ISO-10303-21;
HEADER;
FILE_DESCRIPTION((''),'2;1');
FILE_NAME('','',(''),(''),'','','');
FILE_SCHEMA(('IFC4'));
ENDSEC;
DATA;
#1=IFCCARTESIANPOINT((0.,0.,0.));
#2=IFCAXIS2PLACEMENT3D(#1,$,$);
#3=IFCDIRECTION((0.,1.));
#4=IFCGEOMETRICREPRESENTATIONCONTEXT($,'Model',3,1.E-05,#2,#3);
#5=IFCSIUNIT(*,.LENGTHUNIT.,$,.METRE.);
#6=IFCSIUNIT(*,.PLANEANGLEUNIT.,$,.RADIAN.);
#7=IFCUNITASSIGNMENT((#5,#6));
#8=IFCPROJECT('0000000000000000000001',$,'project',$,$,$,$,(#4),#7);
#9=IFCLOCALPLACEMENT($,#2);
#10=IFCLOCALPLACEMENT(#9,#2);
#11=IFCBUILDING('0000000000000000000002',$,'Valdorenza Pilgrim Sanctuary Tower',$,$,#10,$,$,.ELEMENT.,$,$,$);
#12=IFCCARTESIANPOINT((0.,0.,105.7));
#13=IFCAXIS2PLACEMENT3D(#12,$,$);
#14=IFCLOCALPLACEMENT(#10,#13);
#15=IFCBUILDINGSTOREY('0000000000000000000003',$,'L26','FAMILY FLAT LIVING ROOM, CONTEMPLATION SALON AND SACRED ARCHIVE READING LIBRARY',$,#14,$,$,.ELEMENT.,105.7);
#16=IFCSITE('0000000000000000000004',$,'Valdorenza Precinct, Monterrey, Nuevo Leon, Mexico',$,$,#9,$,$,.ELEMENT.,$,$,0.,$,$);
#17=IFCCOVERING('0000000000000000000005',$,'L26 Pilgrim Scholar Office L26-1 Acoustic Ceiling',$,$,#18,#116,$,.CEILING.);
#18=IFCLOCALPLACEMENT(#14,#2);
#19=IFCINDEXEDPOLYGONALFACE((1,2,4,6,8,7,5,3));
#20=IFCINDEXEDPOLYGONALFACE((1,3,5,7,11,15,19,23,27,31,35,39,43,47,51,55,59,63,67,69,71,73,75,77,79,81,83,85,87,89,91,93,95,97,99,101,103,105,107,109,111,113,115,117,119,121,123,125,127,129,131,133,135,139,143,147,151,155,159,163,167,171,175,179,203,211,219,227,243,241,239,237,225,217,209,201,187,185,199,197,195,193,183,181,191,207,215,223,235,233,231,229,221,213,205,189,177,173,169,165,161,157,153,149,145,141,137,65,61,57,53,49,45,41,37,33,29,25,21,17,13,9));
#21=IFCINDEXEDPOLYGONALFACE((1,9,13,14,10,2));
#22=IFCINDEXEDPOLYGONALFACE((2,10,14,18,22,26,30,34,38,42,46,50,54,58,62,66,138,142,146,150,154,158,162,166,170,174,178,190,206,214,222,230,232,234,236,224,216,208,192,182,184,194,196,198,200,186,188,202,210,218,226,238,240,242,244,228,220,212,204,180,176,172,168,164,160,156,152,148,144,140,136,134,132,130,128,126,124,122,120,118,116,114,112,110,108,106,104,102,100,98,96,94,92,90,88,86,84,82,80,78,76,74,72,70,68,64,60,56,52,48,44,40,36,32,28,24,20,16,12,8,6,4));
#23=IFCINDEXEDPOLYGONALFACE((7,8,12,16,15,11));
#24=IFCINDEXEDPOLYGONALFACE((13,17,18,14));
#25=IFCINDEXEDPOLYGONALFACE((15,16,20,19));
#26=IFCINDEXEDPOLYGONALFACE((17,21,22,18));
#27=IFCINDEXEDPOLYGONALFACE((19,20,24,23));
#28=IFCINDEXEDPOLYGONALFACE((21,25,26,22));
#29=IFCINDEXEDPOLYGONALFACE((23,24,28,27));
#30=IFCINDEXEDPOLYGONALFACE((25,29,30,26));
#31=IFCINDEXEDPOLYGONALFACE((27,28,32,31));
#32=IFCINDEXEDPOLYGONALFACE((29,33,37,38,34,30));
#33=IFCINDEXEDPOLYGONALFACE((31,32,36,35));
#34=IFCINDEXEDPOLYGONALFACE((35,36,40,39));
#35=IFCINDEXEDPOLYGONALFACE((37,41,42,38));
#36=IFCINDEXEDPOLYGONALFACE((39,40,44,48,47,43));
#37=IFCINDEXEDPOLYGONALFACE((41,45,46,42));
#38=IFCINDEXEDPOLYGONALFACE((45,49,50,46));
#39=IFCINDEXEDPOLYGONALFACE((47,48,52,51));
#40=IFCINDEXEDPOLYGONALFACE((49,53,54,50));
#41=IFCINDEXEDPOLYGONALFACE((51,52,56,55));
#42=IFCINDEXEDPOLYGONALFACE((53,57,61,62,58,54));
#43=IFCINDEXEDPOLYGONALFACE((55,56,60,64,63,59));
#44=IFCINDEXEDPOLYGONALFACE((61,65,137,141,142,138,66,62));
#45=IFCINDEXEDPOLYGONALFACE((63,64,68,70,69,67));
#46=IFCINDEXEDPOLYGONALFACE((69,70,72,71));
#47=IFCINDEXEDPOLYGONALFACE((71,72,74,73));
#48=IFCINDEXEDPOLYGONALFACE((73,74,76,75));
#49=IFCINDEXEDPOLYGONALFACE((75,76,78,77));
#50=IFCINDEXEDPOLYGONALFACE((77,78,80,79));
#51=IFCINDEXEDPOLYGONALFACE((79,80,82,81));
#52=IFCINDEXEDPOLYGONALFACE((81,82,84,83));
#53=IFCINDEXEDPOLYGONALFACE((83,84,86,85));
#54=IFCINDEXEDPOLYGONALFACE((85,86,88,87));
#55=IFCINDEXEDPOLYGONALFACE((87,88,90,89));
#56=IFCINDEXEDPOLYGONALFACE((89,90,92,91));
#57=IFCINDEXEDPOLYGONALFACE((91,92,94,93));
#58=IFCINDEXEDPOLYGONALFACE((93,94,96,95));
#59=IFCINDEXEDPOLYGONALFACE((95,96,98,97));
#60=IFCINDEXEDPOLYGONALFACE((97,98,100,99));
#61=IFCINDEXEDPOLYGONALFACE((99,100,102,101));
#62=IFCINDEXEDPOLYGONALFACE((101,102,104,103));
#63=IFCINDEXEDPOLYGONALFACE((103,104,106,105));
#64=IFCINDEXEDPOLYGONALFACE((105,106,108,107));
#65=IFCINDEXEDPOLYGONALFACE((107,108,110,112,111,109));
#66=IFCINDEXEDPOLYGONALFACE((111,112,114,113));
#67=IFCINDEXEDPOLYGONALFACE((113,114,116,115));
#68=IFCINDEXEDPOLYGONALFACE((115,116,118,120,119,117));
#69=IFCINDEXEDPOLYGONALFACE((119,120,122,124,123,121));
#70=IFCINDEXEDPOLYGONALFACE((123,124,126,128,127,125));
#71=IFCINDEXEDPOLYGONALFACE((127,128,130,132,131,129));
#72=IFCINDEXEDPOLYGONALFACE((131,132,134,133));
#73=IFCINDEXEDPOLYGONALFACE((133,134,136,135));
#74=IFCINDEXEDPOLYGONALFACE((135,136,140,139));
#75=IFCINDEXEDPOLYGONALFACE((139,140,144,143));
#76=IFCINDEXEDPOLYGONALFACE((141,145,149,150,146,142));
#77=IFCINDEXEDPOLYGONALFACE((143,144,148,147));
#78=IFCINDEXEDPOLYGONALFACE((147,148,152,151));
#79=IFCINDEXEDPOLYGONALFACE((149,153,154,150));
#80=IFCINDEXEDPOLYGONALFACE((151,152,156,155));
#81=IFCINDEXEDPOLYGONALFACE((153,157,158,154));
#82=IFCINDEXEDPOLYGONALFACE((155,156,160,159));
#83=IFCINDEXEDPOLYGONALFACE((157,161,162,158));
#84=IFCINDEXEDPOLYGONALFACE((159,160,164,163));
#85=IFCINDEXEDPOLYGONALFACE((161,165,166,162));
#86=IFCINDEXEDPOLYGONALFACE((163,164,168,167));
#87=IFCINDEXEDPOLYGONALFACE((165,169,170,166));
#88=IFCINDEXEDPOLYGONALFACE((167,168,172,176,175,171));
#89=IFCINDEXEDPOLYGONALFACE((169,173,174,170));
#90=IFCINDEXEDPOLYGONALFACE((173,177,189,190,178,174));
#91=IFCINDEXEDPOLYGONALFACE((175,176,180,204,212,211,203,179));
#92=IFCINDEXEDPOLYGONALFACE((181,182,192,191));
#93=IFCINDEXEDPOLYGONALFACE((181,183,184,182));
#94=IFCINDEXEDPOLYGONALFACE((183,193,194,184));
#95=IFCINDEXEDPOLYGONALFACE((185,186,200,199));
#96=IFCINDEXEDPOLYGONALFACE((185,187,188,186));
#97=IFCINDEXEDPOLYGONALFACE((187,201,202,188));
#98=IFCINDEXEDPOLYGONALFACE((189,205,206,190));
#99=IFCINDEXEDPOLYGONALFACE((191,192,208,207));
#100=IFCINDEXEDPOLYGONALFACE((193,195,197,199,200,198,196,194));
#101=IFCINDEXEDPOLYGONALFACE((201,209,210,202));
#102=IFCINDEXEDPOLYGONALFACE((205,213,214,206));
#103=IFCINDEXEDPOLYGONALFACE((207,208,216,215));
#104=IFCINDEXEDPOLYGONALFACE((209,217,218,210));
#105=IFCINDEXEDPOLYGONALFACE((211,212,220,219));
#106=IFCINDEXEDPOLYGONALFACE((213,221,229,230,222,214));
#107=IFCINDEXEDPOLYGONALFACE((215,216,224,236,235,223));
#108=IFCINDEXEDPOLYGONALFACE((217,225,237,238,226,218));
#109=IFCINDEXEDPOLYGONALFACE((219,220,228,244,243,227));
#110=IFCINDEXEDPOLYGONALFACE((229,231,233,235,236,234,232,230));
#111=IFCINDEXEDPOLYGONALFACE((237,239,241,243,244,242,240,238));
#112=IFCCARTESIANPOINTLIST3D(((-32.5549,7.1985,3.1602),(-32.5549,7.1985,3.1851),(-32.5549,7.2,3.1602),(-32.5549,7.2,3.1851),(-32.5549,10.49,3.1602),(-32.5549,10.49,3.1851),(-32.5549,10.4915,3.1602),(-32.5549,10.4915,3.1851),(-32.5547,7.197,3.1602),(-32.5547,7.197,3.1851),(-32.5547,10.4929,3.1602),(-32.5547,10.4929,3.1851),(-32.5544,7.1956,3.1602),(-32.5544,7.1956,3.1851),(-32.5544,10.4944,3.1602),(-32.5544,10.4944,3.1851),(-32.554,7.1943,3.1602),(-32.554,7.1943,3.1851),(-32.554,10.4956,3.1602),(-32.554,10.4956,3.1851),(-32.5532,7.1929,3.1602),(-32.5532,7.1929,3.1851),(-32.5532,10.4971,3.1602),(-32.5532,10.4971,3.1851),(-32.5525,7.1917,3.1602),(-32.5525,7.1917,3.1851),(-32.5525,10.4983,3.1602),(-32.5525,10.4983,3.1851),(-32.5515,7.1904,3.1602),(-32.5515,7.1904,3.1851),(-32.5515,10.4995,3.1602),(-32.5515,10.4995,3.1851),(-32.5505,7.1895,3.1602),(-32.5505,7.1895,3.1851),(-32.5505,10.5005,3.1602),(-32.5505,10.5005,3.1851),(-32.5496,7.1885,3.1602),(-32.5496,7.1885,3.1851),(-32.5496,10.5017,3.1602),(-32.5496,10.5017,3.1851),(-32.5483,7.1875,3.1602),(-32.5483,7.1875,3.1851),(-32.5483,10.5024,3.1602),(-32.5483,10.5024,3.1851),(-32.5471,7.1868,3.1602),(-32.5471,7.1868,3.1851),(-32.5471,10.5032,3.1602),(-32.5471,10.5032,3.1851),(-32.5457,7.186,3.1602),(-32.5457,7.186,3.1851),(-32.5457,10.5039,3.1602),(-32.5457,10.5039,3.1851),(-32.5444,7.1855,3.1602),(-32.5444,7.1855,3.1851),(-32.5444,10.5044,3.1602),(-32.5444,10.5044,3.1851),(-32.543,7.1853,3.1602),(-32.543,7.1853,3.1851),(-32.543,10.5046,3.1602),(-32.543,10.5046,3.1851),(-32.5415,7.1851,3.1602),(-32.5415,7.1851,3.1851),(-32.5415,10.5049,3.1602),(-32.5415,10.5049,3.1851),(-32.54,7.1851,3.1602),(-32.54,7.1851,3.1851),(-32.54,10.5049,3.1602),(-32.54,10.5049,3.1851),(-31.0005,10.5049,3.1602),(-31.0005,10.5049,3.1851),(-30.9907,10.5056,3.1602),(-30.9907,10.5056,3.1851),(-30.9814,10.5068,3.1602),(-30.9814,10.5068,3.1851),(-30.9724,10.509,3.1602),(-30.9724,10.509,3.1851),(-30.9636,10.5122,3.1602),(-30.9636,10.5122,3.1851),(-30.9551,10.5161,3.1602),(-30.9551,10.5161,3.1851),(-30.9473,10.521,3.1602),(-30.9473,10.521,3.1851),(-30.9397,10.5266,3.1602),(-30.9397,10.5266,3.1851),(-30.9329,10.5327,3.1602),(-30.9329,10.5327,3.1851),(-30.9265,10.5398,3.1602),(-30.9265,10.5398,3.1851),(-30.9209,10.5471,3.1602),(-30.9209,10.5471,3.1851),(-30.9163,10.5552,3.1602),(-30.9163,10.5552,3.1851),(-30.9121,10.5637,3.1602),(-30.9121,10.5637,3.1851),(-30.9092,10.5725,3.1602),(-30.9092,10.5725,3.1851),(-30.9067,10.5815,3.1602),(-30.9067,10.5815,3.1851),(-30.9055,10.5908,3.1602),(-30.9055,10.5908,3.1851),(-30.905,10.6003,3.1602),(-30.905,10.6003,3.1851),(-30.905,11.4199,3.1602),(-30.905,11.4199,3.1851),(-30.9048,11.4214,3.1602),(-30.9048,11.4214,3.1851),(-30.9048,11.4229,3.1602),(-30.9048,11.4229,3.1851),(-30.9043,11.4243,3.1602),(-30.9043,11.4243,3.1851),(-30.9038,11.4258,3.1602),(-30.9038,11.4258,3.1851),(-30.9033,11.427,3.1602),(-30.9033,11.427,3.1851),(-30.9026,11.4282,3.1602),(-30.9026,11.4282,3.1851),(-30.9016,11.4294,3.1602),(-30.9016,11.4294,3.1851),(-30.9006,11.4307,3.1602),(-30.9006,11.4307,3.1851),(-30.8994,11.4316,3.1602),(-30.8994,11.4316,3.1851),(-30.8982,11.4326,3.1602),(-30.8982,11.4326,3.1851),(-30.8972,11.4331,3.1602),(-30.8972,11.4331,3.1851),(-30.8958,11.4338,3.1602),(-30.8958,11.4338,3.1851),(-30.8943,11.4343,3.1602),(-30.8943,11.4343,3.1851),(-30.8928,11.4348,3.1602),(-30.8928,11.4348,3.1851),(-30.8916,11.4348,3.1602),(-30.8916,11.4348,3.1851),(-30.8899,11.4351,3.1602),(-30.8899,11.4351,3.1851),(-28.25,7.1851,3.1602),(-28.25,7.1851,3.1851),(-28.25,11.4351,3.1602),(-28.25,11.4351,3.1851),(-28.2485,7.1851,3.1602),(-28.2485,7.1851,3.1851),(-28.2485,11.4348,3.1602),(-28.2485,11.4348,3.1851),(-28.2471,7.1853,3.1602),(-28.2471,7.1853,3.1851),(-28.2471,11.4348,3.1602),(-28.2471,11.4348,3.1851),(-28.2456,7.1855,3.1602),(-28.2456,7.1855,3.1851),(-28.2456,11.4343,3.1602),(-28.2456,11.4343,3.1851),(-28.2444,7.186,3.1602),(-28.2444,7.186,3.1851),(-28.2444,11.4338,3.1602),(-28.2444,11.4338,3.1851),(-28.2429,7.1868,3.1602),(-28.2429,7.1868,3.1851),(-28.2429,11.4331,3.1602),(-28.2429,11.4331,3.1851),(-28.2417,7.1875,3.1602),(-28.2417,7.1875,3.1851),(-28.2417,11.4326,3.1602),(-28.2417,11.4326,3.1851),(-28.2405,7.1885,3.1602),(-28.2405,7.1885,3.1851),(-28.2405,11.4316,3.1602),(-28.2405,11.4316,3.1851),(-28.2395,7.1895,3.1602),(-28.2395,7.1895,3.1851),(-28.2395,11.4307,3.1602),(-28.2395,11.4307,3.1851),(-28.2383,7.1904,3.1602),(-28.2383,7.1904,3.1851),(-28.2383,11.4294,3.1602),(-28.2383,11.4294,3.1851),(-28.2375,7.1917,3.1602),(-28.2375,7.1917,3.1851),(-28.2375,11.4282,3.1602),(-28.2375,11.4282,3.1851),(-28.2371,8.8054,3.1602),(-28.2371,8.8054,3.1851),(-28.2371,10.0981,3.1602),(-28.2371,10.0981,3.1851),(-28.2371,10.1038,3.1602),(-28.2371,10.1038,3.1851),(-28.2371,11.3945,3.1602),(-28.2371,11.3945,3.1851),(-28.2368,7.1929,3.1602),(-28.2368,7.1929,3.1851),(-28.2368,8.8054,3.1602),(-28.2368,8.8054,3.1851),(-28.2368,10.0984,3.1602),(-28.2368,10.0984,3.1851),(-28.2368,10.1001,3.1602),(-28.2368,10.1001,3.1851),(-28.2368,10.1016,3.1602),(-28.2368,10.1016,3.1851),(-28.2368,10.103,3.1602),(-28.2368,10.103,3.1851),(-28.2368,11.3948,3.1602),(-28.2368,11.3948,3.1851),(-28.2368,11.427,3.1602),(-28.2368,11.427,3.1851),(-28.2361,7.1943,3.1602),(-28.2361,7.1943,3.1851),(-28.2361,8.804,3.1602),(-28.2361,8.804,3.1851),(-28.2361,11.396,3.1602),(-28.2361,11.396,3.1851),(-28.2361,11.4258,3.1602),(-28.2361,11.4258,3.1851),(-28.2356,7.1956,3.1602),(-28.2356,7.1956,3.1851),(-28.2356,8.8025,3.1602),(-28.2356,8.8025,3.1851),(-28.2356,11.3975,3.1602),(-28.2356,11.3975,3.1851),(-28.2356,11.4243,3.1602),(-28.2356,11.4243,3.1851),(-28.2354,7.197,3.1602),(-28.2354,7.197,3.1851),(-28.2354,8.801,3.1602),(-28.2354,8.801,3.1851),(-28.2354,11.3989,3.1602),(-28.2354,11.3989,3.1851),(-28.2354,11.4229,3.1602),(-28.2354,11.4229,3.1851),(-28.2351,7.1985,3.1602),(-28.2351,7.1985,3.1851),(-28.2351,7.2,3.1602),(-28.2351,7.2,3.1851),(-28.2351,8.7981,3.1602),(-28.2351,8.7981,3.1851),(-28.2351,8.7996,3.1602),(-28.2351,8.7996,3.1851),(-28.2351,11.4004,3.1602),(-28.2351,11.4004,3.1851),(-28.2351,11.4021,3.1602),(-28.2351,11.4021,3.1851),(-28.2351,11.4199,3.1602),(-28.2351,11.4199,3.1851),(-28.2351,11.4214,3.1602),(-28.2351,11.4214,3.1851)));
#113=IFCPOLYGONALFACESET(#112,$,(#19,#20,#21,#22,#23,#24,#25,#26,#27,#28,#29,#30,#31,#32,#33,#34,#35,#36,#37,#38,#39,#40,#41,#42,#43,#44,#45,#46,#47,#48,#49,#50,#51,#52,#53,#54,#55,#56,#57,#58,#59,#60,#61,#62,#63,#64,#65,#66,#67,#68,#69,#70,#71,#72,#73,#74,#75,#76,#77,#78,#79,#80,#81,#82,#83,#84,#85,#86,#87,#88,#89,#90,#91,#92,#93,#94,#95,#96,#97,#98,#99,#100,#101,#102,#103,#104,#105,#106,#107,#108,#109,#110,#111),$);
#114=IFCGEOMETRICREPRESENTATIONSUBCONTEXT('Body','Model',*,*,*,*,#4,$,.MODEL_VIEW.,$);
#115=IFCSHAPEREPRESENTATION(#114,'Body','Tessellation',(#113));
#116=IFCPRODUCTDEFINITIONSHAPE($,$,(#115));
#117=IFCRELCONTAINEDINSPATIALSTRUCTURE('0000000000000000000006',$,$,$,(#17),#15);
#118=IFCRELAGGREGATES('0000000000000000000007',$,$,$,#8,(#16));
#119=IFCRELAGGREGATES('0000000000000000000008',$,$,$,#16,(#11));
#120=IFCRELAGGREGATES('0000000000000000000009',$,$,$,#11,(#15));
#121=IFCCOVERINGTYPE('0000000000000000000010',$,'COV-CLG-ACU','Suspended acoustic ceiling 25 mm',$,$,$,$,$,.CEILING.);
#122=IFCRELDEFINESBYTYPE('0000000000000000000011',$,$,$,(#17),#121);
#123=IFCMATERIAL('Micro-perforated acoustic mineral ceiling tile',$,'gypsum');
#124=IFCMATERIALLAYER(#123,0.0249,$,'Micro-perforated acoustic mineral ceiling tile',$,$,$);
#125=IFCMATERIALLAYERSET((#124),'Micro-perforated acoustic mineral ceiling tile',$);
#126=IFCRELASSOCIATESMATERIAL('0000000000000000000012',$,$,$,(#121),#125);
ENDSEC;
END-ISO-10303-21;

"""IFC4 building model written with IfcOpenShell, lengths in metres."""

from ifc_helpers import new_model, si_unit, direction, frame, origin, place, context, subcontext, project, spatial, polyline, outline, extrude, material, layer, layer_set, type_object, element, save


model = new_model("IFC4")

# Units and contexts
model_context = context("Model", 3, precision=1e-05, world=origin(), true_north=direction((0.0, 1.0)))
body_context = subcontext(model_context, "Body", "Model", "MODEL_VIEW")
ifc_project = project(units=[si_unit("LENGTHUNIT", "METRE"), si_unit("PLANEANGLEUNIT", "RADIAN")], contexts=[model_context])

# Site, building, storey
site_placement = place(None, origin())
site = spatial("IfcSite", under=ifc_project, at=site_placement, Name="Valdorenza Precinct, Monterrey, Nuevo Leon, Mexico", CompositionType="ELEMENT", RefElevation=0.0)
building_placement = place(site_placement, origin())
building = spatial("IfcBuilding", under=site, at=building_placement, Name="Valdorenza Pilgrim Sanctuary Tower", CompositionType="ELEMENT")
storey_placement = place(building_placement, frame((0.0, 0.0, 105.7)))
storey = spatial("IfcBuildingStorey", under=building, at=storey_placement, Name="L26", Description="FAMILY FLAT LIVING ROOM, CONTEMPLATION SALON AND SACRED ARCHIVE READING LIBRARY", CompositionType="ELEMENT", Elevation=105.7)

# Covering
ifc_material_1 = material(Name="Micro-perforated acoustic mineral ceiling tile", Category="gypsum")
ifc_layer_1 = layer(ifc_material_1, 0.0249, Name="Micro-perforated acoustic mineral ceiling tile")
ifc_layer_set_1 = layer_set([ifc_layer_1], Name="Micro-perforated acoustic mineral ceiling tile")
covering_type_1 = type_object("IfcCoveringType", Name="COV-CLG-ACU", Description="Suspended acoustic ceiling 25 mm", PredefinedType="CEILING", material=ifc_layer_set_1)
covering_1_placement = place(storey_placement, frame((0.0, 0.0, 3.1602)))
element("IfcCovering", 1, at=covering_1_placement, inside=storey, type_object=covering_type_1, Name="L26 Pilgrim Scholar Office L26-1 Acoustic Ceiling", PredefinedType="CEILING", context=body_context, shape_type="SweptSolid", body=[
    extrude(outline(polyline([(-28.2371, 8.8054), (-28.2368, 8.8054), (-28.2361, 8.804), (-28.2356, 8.8025), (-28.2354, 8.801), (-28.2351, 8.7996), (-28.2351, 8.7981), (-28.2351, 7.2), (-28.2351, 7.1985), (-28.2354, 7.197), (-28.2356, 7.1956), (-28.2361, 7.1943), (-28.2368, 7.1929), (-28.2375, 7.1917), (-28.2383, 7.1904), (-28.2395, 7.1895), (-28.2405, 7.1885), (-28.2417, 7.1875), (-28.2429, 7.1868), (-28.2444, 7.186), (-28.2456, 7.1855), (-28.2471, 7.1853), (-28.2485, 7.1851), (-28.25, 7.1851), (-32.54, 7.1851), (-32.5415, 7.1851), (-32.543, 7.1853), (-32.5444, 7.1855), (-32.5457, 7.186), (-32.5471, 7.1868), (-32.5483, 7.1875), (-32.5496, 7.1885), (-32.5505, 7.1895), (-32.5515, 7.1904), (-32.5525, 7.1917), (-32.5532, 7.1929), (-32.554, 7.1943), (-32.5544, 7.1956), (-32.5547, 7.197), (-32.5549, 7.1985), (-32.5549, 7.2), (-32.5549, 10.49), (-32.5549, 10.4915), (-32.5547, 10.4929), (-32.5544, 10.4944), (-32.554, 10.4956), (-32.5532, 10.4971), (-32.5525, 10.4983), (-32.5515, 10.4995), (-32.5505, 10.5005), (-32.5496, 10.5017), (-32.5483, 10.5024), (-32.5471, 10.5032), (-32.5457, 10.5039), (-32.5444, 10.5044), (-32.543, 10.5046), (-32.5415, 10.5049), (-32.54, 10.5049), (-31.0005, 10.5049), (-30.9907, 10.5056), (-30.9814, 10.5068), (-30.9724, 10.509), (-30.9636, 10.5122), (-30.9551, 10.5161), (-30.9473, 10.521), (-30.9397, 10.5266), (-30.9329, 10.5327), (-30.9265, 10.5398), (-30.9209, 10.5471), (-30.9163, 10.5552), (-30.9121, 10.5637), (-30.9092, 10.5725), (-30.9067, 10.5815), (-30.9055, 10.5908), (-30.905, 10.6003), (-30.905, 11.4199), (-30.9048, 11.4214), (-30.9048, 11.4229), (-30.9043, 11.4243), (-30.9038, 11.4258), (-30.9033, 11.427), (-30.9026, 11.4282), (-30.9016, 11.4294), (-30.9006, 11.4307), (-30.8994, 11.4316), (-30.8982, 11.4326), (-30.8972, 11.4331), (-30.8958, 11.4338), (-30.8943, 11.4343), (-30.8928, 11.4348), (-30.8916, 11.4348), (-30.8899, 11.4351), (-28.25, 11.4351), (-28.2485, 11.4348), (-28.2471, 11.4348), (-28.2456, 11.4343), (-28.2444, 11.4338), (-28.2429, 11.4331), (-28.2417, 11.4326), (-28.2405, 11.4316), (-28.2395, 11.4307), (-28.2383, 11.4294), (-28.2375, 11.4282), (-28.2368, 11.427), (-28.2361, 11.4258), (-28.2356, 11.4243), (-28.2354, 11.4229), (-28.2351, 11.4214), (-28.2351, 11.4199), (-28.2351, 11.4021), (-28.2351, 11.4004), (-28.2354, 11.3989), (-28.2356, 11.3975), (-28.2361, 11.396), (-28.2368, 11.3948), (-28.2371, 11.3945), (-28.2371, 10.1038), (-28.2368, 10.103), (-28.2368, 10.1016), (-28.2368, 10.1001), (-28.2368, 10.0984), (-28.2371, 10.0981), (-28.2371, 8.8054)])), origin(), (0.0, 0.0, 1.0), 0.0249),
])

save(model, "model.ifc")
